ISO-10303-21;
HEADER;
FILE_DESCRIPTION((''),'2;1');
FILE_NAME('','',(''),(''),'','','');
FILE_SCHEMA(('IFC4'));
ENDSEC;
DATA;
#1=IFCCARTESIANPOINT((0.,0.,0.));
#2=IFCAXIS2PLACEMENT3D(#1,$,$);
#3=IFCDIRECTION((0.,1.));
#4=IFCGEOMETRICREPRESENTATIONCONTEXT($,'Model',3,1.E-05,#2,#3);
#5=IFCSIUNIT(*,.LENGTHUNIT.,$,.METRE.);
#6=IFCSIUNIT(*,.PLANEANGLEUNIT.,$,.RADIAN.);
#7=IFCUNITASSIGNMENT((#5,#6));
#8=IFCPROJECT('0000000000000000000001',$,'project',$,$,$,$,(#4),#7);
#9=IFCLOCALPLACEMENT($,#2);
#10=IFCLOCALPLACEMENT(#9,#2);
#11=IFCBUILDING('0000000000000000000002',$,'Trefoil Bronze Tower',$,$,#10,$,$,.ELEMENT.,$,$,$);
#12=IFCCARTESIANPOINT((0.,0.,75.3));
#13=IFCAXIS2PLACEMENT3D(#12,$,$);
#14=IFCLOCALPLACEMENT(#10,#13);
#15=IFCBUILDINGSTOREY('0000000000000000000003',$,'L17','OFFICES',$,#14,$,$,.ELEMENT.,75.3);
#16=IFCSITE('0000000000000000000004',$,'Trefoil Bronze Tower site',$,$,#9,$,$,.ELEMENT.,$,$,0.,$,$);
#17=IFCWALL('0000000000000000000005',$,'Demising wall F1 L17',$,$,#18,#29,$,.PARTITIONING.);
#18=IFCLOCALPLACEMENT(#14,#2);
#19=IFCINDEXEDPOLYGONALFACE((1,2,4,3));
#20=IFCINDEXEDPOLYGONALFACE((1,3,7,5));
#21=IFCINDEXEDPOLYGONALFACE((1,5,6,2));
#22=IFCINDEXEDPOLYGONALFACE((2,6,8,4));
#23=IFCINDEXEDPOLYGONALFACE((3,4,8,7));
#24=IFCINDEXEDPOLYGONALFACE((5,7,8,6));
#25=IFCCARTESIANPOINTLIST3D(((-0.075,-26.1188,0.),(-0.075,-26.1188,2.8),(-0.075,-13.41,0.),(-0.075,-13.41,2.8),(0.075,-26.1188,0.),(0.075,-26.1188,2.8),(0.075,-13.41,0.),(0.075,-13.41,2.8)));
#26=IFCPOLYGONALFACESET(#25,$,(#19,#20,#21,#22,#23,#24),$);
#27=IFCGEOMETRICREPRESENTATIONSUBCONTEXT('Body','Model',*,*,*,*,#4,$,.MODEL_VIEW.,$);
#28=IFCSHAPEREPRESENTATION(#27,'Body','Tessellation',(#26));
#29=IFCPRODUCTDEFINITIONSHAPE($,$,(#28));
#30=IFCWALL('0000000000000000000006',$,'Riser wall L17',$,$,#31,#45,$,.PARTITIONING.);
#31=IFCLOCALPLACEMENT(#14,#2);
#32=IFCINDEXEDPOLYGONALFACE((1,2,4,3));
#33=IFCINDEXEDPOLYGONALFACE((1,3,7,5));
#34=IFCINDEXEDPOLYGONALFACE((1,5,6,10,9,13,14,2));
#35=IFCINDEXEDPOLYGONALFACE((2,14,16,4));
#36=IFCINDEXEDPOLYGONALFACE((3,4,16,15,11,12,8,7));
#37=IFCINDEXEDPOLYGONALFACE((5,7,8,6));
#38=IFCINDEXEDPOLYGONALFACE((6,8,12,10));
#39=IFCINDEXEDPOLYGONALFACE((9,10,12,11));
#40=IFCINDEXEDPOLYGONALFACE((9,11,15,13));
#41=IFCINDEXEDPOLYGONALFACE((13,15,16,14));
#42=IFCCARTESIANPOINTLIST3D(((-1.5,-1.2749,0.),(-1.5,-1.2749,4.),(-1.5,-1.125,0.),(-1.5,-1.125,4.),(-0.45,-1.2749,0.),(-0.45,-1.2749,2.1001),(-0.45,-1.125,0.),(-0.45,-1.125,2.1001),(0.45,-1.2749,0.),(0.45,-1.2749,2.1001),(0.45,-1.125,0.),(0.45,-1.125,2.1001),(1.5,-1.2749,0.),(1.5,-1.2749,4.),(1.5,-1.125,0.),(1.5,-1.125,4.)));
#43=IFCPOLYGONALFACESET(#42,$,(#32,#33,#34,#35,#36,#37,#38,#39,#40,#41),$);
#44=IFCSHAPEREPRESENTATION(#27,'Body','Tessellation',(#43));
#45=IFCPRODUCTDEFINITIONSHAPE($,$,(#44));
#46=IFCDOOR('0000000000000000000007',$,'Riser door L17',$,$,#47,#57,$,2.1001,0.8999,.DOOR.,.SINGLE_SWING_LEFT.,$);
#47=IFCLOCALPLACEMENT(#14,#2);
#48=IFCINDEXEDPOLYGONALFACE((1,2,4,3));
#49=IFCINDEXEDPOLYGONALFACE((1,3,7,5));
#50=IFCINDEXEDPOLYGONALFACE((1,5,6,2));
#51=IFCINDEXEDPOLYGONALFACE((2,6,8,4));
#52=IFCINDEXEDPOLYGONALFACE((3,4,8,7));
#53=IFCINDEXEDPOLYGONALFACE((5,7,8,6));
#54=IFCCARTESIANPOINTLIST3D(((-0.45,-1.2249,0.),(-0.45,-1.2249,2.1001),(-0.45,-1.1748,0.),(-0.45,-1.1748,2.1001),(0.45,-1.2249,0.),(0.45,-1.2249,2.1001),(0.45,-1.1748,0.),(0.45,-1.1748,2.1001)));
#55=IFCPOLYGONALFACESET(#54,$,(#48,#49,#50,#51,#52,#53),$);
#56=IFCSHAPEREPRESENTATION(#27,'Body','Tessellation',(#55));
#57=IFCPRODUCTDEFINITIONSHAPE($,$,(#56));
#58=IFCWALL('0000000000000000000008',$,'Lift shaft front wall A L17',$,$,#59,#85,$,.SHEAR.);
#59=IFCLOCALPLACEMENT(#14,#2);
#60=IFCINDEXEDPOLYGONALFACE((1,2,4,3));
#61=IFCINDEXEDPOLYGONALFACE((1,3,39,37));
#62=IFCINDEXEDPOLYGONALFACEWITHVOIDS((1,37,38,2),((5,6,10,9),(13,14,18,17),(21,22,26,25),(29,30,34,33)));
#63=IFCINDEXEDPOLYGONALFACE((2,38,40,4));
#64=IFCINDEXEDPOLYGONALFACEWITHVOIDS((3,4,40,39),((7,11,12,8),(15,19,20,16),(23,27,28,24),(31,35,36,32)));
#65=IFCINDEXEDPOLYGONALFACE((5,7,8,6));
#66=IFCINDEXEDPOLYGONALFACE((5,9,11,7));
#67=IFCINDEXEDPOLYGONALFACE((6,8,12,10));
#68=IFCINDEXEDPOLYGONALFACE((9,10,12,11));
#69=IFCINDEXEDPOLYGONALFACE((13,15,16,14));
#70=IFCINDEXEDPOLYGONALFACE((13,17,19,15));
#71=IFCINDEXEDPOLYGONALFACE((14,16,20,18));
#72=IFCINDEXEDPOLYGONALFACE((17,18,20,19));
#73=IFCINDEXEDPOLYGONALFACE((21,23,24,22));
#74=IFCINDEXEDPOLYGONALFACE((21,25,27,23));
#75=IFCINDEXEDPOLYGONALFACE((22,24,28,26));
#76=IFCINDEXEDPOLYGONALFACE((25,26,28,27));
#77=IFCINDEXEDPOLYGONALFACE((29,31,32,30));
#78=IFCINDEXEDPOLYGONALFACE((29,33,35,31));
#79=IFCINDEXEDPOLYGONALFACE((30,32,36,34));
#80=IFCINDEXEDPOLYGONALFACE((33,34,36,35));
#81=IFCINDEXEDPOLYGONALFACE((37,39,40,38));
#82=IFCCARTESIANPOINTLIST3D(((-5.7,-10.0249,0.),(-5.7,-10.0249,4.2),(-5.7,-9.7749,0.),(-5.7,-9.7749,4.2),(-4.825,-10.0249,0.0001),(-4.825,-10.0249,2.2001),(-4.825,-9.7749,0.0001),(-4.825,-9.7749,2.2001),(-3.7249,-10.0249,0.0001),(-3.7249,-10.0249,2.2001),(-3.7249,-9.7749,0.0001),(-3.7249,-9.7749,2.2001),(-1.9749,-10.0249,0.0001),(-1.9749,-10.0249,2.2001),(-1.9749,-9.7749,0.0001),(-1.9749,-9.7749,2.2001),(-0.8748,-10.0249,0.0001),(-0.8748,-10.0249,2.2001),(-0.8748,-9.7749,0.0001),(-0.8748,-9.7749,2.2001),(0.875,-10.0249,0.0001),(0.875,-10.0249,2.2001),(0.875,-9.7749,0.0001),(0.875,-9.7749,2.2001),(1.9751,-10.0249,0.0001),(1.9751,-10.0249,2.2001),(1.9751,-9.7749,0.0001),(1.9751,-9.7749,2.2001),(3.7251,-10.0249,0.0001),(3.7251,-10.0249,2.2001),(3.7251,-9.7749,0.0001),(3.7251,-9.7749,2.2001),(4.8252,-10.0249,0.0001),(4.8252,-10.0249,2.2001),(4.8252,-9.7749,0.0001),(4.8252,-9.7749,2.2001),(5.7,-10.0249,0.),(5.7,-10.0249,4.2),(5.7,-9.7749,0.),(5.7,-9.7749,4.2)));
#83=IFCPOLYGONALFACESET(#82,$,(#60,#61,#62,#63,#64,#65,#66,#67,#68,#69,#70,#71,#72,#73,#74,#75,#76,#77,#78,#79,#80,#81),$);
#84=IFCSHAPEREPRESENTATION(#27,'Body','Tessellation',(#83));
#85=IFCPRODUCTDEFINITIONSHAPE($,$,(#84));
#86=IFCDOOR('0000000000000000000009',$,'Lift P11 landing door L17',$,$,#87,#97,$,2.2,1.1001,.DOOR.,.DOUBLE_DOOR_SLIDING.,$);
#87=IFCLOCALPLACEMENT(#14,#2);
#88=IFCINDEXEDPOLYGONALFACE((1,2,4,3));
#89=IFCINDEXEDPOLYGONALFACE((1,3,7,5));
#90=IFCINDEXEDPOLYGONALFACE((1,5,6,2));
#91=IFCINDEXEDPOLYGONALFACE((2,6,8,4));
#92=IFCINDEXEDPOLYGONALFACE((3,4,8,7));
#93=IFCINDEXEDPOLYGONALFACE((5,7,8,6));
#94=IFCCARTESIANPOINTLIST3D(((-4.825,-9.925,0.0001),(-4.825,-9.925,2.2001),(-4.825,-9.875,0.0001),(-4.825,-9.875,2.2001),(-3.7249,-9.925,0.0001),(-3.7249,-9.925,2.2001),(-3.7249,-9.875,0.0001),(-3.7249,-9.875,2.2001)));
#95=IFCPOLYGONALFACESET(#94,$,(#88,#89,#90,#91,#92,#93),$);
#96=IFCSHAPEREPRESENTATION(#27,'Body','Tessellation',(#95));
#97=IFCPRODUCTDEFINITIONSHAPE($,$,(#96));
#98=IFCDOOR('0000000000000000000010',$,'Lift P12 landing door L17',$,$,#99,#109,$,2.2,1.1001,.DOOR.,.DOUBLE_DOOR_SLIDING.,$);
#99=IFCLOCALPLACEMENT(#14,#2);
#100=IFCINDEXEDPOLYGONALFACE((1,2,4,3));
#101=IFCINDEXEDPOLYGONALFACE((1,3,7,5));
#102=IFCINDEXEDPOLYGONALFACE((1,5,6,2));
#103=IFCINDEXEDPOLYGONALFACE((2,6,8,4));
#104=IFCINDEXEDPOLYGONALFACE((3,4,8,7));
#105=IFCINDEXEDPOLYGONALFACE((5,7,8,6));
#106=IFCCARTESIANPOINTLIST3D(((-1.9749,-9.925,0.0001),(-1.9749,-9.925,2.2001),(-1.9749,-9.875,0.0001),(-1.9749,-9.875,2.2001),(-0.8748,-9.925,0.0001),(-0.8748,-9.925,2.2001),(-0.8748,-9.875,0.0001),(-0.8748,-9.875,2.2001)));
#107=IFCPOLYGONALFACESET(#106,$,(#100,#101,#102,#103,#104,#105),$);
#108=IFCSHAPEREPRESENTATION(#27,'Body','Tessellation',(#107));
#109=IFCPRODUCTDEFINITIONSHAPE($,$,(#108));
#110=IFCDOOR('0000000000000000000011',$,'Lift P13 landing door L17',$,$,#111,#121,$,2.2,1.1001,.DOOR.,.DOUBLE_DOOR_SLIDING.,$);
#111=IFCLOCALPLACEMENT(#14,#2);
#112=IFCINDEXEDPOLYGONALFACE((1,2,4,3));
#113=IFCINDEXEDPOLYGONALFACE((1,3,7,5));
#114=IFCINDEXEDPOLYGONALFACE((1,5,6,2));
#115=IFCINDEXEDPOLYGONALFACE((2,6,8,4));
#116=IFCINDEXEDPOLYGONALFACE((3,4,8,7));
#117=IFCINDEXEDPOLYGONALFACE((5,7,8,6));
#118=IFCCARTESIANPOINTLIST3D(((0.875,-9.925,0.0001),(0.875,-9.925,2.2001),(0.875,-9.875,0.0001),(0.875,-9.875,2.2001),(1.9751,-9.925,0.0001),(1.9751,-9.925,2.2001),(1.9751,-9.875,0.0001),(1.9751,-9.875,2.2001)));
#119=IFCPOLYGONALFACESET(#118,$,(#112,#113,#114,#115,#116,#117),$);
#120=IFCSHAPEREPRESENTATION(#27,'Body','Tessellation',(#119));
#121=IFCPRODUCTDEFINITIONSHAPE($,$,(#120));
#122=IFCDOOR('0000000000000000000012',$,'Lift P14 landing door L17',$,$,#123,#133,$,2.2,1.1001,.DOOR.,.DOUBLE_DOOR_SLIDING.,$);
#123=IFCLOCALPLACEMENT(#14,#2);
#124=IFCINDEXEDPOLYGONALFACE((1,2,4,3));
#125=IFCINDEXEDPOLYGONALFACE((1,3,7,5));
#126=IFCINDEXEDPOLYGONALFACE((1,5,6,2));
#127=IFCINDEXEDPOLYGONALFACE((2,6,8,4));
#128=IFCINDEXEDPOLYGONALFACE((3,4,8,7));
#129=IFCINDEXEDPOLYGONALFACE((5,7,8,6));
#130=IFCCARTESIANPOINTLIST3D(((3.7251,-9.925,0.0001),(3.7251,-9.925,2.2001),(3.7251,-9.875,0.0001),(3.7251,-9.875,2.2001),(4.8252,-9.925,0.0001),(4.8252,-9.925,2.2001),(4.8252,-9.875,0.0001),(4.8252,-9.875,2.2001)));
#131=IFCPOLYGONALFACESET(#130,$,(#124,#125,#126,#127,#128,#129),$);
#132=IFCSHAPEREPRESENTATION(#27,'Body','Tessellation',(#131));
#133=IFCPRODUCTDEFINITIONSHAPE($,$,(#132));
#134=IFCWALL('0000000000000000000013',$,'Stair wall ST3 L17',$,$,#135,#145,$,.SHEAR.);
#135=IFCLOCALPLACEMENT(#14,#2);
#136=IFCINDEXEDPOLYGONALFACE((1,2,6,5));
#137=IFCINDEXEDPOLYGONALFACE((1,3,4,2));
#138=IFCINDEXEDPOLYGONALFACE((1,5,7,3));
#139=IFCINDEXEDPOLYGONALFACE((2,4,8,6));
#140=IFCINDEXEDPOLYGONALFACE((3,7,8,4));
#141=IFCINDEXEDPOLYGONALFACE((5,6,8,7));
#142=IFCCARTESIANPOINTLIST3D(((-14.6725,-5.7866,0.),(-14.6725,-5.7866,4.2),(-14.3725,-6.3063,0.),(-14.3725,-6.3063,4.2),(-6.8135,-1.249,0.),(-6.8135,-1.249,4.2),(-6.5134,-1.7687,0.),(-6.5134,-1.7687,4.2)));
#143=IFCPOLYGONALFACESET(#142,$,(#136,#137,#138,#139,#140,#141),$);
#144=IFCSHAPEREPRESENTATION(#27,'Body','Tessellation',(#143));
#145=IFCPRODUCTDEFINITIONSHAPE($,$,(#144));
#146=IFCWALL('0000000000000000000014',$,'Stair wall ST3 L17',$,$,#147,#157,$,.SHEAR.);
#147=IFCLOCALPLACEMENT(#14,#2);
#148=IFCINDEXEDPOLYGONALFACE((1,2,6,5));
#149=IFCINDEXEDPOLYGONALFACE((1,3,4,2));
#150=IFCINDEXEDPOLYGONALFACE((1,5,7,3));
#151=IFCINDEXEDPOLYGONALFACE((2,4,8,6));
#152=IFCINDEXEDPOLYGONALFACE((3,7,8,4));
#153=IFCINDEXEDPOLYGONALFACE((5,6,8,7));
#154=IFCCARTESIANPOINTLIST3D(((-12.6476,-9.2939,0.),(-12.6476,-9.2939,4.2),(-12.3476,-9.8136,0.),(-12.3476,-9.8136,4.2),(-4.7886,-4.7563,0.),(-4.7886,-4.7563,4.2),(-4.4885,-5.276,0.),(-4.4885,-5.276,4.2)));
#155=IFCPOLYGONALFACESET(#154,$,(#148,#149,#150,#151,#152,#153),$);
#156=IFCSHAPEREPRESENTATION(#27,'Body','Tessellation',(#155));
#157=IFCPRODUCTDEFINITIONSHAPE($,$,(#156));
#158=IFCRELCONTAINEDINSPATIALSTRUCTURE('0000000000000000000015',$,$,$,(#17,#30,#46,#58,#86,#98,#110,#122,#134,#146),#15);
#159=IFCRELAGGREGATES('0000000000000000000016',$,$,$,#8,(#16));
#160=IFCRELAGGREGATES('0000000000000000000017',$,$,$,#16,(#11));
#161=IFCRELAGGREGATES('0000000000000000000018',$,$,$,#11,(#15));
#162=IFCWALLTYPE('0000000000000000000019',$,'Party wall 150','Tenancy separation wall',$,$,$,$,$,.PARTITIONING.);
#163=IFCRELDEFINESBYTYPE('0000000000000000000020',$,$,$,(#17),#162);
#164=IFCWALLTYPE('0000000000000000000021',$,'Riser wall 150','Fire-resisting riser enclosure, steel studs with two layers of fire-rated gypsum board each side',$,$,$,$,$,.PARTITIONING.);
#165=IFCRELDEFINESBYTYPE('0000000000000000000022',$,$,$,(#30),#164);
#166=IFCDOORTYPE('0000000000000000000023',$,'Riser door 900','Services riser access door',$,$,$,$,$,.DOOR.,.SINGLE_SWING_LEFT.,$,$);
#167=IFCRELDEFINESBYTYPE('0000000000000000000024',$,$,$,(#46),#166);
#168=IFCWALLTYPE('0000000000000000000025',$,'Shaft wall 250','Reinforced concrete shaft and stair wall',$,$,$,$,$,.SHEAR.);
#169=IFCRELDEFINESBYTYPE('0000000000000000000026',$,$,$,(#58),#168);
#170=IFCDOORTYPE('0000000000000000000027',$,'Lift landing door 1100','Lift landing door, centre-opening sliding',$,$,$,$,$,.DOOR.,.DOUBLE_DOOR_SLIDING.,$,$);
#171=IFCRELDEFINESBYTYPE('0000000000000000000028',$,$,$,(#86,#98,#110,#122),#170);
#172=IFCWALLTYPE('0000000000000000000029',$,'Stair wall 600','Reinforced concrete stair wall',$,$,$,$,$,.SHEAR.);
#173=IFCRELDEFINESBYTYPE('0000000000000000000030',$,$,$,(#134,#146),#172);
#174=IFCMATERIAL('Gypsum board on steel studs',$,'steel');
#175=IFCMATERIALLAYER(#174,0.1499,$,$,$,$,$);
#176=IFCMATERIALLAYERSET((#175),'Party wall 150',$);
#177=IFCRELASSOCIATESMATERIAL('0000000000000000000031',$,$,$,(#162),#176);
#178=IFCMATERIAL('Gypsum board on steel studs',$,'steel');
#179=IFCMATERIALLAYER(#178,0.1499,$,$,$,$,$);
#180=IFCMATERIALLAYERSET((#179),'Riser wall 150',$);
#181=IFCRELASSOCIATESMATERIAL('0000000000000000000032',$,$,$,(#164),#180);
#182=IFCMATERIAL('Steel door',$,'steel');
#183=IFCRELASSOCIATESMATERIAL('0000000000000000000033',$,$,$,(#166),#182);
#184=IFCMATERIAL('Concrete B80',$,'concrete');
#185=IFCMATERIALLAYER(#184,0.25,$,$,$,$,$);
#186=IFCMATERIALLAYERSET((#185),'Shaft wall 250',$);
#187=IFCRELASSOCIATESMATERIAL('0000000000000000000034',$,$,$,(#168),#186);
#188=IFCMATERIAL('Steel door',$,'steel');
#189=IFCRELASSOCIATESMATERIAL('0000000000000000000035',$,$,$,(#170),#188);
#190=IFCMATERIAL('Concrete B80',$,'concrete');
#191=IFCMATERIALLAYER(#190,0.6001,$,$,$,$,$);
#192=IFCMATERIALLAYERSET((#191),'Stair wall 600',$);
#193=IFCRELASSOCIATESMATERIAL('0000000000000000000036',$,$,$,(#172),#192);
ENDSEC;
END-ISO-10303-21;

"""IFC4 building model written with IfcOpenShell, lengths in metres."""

from ifc_helpers import new_model, si_unit, direction, frame, frame_2d, origin, place, context, subcontext, project, spatial, rectangle, extrude, material, layer, layer_set, type_object, element, fill, save


model = new_model("IFC4")

# Units and contexts
model_context = context("Model", 3, precision=1e-05, world=origin(), true_north=direction((0.0, 1.0)))
body_context = subcontext(model_context, "Body", "Model", "MODEL_VIEW")
ifc_project = project(units=[si_unit("LENGTHUNIT", "METRE"), si_unit("PLANEANGLEUNIT", "RADIAN")], contexts=[model_context])

# Site, building, storey
site_placement = place(None, origin())
site = spatial("IfcSite", under=ifc_project, at=site_placement, Name="Trefoil Bronze Tower site", CompositionType="ELEMENT", RefElevation=0.0)
building_placement = place(site_placement, origin())
building = spatial("IfcBuilding", under=site, at=building_placement, Name="Trefoil Bronze Tower", CompositionType="ELEMENT")
storey_placement = place(building_placement, frame((0.0, 0.0, 75.3)))
storey = spatial("IfcBuildingStorey", under=building, at=storey_placement, Name="L17", Description="OFFICES", CompositionType="ELEMENT", Elevation=75.3)

# Wall
ifc_material_1 = material(Name="Gypsum board on steel studs", Category="steel")
ifc_layer_1 = layer(ifc_material_1, 0.1499)
ifc_layer_set_1 = layer_set([ifc_layer_1], Name="Party wall 150")
wall_type_1 = type_object("IfcWallType", Name="Party wall 150", Description="Tenancy separation wall", PredefinedType="PARTITIONING", material=ifc_layer_set_1)
wall_1_placement = place(storey_placement, frame((0.0, -13.4099, 0.0), z_axis=(0.0, 0.0, 1.0), x_axis=(0.0, -1.0, 0.0)))
element("IfcWall", 1, at=wall_1_placement, inside=storey, type_object=wall_type_1, Name="Demising wall F1 L17", PredefinedType="PARTITIONING", context=body_context, shape_type="SweptSolid", body=[
    extrude(rectangle(XDim=12.7087, YDim=0.1499, at=frame_2d((6.3545, 0.0))), origin(), (0.0, 0.0, 1.0), 2.8),
])

# Wall, opening, door
ifc_material_2 = material(Name="Gypsum board on steel studs", Category="steel")
ifc_layer_2 = layer(ifc_material_2, 0.1499)
ifc_layer_set_2 = layer_set([ifc_layer_2], Name="Riser wall 150")
wall_type_2 = type_object("IfcWallType", Name="Riser wall 150", Description="Fire-resisting riser enclosure, steel studs with two layers of fire-rated gypsum board each side", PredefinedType="PARTITIONING", material=ifc_layer_set_2)
wall_2_placement = place(storey_placement, frame((-1.5, -1.2, 0.0), z_axis=(0.0, 0.0, 1.0), x_axis=(1.0, 0.0, 0.0)))
wall_2 = element("IfcWall", 2, at=wall_2_placement, inside=storey, type_object=wall_type_2, Name="Riser wall L17", PredefinedType="PARTITIONING", context=body_context, shape_type="SweptSolid", body=[
    extrude(rectangle(XDim=3.0, YDim=0.1499, at=frame_2d((1.5, 0.0))), origin(), (0.0, 0.0, 1.0), 4.0),
])
opening_1_placement = place(wall_2_placement, frame((1.05, 0.0, 0.0)))
opening_1 = element("IfcOpeningElement", 3, at=opening_1_placement, cuts=wall_2, PredefinedType="OPENING", context=body_context, shape_type="SweptSolid", body=[
    extrude(rectangle(XDim=0.8999, YDim=2.1001, at=frame_2d((0.45, 1.05))), frame((0.0, 0.085, 0.0), z_axis=(0.0, -1.0, 0.0), x_axis=(1.0, 0.0, 0.0)), (0.0, 0.0, 1.0), 0.1699),
])
ifc_material_3 = material(Name="Steel door", Category="steel")
door_type_1 = type_object("IfcDoorType", Name="Riser door 900", Description="Services riser access door", OperationType="SINGLE_SWING_LEFT", PredefinedType="DOOR", material=ifc_material_3)
door_1_placement = place(opening_1_placement, frame((0.8999, 0.0, 0.0), z_axis=(0.0, 0.0, 1.0), x_axis=(-1.0, 0.0, 0.0)))
door_1 = element("IfcDoor", 4, at=door_1_placement, inside=storey, type_object=door_type_1, Name="Riser door L17", OperationType="SINGLE_SWING_LEFT", OverallHeight=2.1001, OverallWidth=0.8999, PredefinedType="DOOR", context=body_context, shape_type="SweptSolid", body=[
    extrude(rectangle(XDim=0.8999, YDim=2.1001, at=frame_2d((0.45, 1.05))), frame((0.0, 0.0249, 0.0), z_axis=(0.0, -1.0, 0.0), x_axis=(1.0, 0.0, 0.0)), (0.0, 0.0, 1.0), 0.05),
])
fill(opening_1, door_1)

# Wall, openings, doors
ifc_material_4 = material(Name="Concrete B80", Category="concrete")
ifc_layer_3 = layer(ifc_material_4, 0.25)
ifc_layer_set_3 = layer_set([ifc_layer_3], Name="Shaft wall 250")
wall_type_3 = type_object("IfcWallType", Name="Shaft wall 250", Description="Reinforced concrete shaft and stair wall", PredefinedType="SHEAR", material=ifc_layer_set_3)
wall_3_placement = place(storey_placement, frame((-5.7, -9.8999, 0.0), z_axis=(0.0, 0.0, 1.0), x_axis=(1.0, 0.0, 0.0)))
wall_3 = element("IfcWall", 5, at=wall_3_placement, inside=storey, type_object=wall_type_3, Name="Lift shaft front wall A L17", PredefinedType="SHEAR", context=body_context, shape_type="SweptSolid", body=[
    extrude(rectangle(XDim=11.3999, YDim=0.25, at=frame_2d((5.7, 0.0))), origin(), (0.0, 0.0, 1.0), 4.2),
])
opening_2_placement = place(wall_3_placement, frame((0.875, 0.0, 0.0)))
opening_2 = element("IfcOpeningElement", 6, at=opening_2_placement, cuts=wall_3, PredefinedType="OPENING", context=body_context, shape_type="SweptSolid", body=[
    extrude(rectangle(XDim=1.1001, YDim=2.2, at=frame_2d((0.55, 1.1001))), frame((0.0, 0.135, 0.0), z_axis=(0.0, -1.0, 0.0), x_axis=(1.0, 0.0, 0.0)), (0.0, 0.0, 1.0), 0.27),
])
opening_3_placement = place(wall_3_placement, frame((3.7251, 0.0, 0.0)))
opening_3 = element("IfcOpeningElement", 7, at=opening_3_placement, cuts=wall_3, PredefinedType="OPENING", context=body_context, shape_type="SweptSolid", body=[
    extrude(rectangle(XDim=1.1001, YDim=2.2, at=frame_2d((0.55, 1.1001))), frame((0.0, 0.135, 0.0), z_axis=(0.0, -1.0, 0.0), x_axis=(1.0, 0.0, 0.0)), (0.0, 0.0, 1.0), 0.27),
])
opening_4_placement = place(wall_3_placement, frame((6.575, 0.0, 0.0)))
opening_4 = element("IfcOpeningElement", 8, at=opening_4_placement, cuts=wall_3, PredefinedType="OPENING", context=body_context, shape_type="SweptSolid", body=[
    extrude(rectangle(XDim=1.1001, YDim=2.2, at=frame_2d((0.55, 1.1001))), frame((0.0, 0.135, 0.0), z_axis=(0.0, -1.0, 0.0), x_axis=(1.0, 0.0, 0.0)), (0.0, 0.0, 1.0), 0.27),
])
opening_5_placement = place(wall_3_placement, frame((9.425, 0.0, 0.0)))
opening_5 = element("IfcOpeningElement", 9, at=opening_5_placement, cuts=wall_3, PredefinedType="OPENING", context=body_context, shape_type="SweptSolid", body=[
    extrude(rectangle(XDim=1.1001, YDim=2.2, at=frame_2d((0.55, 1.1001))), frame((0.0, 0.135, 0.0), z_axis=(0.0, -1.0, 0.0), x_axis=(1.0, 0.0, 0.0)), (0.0, 0.0, 1.0), 0.27),
])
ifc_material_5 = material(Name="Steel door", Category="steel")
door_type_2 = type_object("IfcDoorType", Name="Lift landing door 1100", Description="Lift landing door, centre-opening sliding", OperationType="DOUBLE_DOOR_SLIDING", PredefinedType="DOOR", material=ifc_material_5)
door_2_placement = place(opening_2_placement, origin())
door_2 = element("IfcDoor", 10, at=door_2_placement, inside=storey, type_object=door_type_2, Name="Lift P11 landing door L17", OperationType="DOUBLE_DOOR_SLIDING", OverallHeight=2.2, OverallWidth=1.1001, PredefinedType="DOOR", context=body_context, shape_type="SweptSolid", body=[
    extrude(rectangle(XDim=1.1001, YDim=2.2, at=frame_2d((0.55, 1.1001))), frame((0.0, 0.0249, 0.0), z_axis=(0.0, -1.0, 0.0), x_axis=(1.0, 0.0, 0.0)), (0.0, 0.0, 1.0), 0.05),
])
fill(opening_2, door_2)
door_3_placement = place(opening_3_placement, origin())
door_3 = element("IfcDoor", 11, at=door_3_placement, inside=storey, type_object=door_type_2, Name="Lift P12 landing door L17", OperationType="DOUBLE_DOOR_SLIDING", OverallHeight=2.2, OverallWidth=1.1001, PredefinedType="DOOR", context=body_context, shape_type="SweptSolid", body=[
    extrude(rectangle(XDim=1.1001, YDim=2.2, at=frame_2d((0.55, 1.1001))), frame((0.0, 0.0249, 0.0), z_axis=(0.0, -1.0, 0.0), x_axis=(1.0, 0.0, 0.0)), (0.0, 0.0, 1.0), 0.05),
])
fill(opening_3, door_3)
door_4_placement = place(opening_4_placement, origin())
door_4 = element("IfcDoor", 12, at=door_4_placement, inside=storey, type_object=door_type_2, Name="Lift P13 landing door L17", OperationType="DOUBLE_DOOR_SLIDING", OverallHeight=2.2, OverallWidth=1.1001, PredefinedType="DOOR", context=body_context, shape_type="SweptSolid", body=[
    extrude(rectangle(XDim=1.1001, YDim=2.2, at=frame_2d((0.55, 1.1001))), frame((0.0, 0.0249, 0.0), z_axis=(0.0, -1.0, 0.0), x_axis=(1.0, 0.0, 0.0)), (0.0, 0.0, 1.0), 0.05),
])
fill(opening_4, door_4)
door_5_placement = place(opening_5_placement, origin())
door_5 = element("IfcDoor", 13, at=door_5_placement, inside=storey, type_object=door_type_2, Name="Lift P14 landing door L17", OperationType="DOUBLE_DOOR_SLIDING", OverallHeight=2.2, OverallWidth=1.1001, PredefinedType="DOOR", context=body_context, shape_type="SweptSolid", body=[
    extrude(rectangle(XDim=1.1001, YDim=2.2, at=frame_2d((0.55, 1.1001))), frame((0.0, 0.0249, 0.0), z_axis=(0.0, -1.0, 0.0), x_axis=(1.0, 0.0, 0.0)), (0.0, 0.0, 1.0), 0.05),
])
fill(opening_5, door_5)

# Walls
ifc_material_6 = material(Name="Concrete B80", Category="concrete")
ifc_layer_4 = layer(ifc_material_6, 0.6001)
ifc_layer_set_4 = layer_set([ifc_layer_4], Name="Stair wall 600")
wall_type_4 = type_object("IfcWallType", Name="Stair wall 600", Description="Reinforced concrete stair wall", PredefinedType="SHEAR", material=ifc_layer_set_4)
for number, where, z_axis, x_axis, name in (
    (14, (-6.6633, -1.5088, 0.0), (0.0, 0.0, 1.0), (-0.866019, -0.50001, 0.0), "Stair wall ST3 L17"),
    (15, (-4.6384, -5.0161, 0.0), (0.0, 0.0, 1.0), (-0.866019, -0.50001, 0.0), "Stair wall ST3 L17"),
):
    element("IfcWall", number, at=place(storey_placement, frame(where, z_axis=z_axis, x_axis=x_axis)), inside=storey, type_object=wall_type_4, Name=name, PredefinedType="SHEAR", context=body_context, shape_type="SweptSolid", body=[
        extrude(rectangle(XDim=9.075, YDim=0.6001, at=frame_2d((4.5376, 0.0))), origin(), (0.0, 0.0, 1.0), 4.2),
    ])

save(model, "model.ifc")
